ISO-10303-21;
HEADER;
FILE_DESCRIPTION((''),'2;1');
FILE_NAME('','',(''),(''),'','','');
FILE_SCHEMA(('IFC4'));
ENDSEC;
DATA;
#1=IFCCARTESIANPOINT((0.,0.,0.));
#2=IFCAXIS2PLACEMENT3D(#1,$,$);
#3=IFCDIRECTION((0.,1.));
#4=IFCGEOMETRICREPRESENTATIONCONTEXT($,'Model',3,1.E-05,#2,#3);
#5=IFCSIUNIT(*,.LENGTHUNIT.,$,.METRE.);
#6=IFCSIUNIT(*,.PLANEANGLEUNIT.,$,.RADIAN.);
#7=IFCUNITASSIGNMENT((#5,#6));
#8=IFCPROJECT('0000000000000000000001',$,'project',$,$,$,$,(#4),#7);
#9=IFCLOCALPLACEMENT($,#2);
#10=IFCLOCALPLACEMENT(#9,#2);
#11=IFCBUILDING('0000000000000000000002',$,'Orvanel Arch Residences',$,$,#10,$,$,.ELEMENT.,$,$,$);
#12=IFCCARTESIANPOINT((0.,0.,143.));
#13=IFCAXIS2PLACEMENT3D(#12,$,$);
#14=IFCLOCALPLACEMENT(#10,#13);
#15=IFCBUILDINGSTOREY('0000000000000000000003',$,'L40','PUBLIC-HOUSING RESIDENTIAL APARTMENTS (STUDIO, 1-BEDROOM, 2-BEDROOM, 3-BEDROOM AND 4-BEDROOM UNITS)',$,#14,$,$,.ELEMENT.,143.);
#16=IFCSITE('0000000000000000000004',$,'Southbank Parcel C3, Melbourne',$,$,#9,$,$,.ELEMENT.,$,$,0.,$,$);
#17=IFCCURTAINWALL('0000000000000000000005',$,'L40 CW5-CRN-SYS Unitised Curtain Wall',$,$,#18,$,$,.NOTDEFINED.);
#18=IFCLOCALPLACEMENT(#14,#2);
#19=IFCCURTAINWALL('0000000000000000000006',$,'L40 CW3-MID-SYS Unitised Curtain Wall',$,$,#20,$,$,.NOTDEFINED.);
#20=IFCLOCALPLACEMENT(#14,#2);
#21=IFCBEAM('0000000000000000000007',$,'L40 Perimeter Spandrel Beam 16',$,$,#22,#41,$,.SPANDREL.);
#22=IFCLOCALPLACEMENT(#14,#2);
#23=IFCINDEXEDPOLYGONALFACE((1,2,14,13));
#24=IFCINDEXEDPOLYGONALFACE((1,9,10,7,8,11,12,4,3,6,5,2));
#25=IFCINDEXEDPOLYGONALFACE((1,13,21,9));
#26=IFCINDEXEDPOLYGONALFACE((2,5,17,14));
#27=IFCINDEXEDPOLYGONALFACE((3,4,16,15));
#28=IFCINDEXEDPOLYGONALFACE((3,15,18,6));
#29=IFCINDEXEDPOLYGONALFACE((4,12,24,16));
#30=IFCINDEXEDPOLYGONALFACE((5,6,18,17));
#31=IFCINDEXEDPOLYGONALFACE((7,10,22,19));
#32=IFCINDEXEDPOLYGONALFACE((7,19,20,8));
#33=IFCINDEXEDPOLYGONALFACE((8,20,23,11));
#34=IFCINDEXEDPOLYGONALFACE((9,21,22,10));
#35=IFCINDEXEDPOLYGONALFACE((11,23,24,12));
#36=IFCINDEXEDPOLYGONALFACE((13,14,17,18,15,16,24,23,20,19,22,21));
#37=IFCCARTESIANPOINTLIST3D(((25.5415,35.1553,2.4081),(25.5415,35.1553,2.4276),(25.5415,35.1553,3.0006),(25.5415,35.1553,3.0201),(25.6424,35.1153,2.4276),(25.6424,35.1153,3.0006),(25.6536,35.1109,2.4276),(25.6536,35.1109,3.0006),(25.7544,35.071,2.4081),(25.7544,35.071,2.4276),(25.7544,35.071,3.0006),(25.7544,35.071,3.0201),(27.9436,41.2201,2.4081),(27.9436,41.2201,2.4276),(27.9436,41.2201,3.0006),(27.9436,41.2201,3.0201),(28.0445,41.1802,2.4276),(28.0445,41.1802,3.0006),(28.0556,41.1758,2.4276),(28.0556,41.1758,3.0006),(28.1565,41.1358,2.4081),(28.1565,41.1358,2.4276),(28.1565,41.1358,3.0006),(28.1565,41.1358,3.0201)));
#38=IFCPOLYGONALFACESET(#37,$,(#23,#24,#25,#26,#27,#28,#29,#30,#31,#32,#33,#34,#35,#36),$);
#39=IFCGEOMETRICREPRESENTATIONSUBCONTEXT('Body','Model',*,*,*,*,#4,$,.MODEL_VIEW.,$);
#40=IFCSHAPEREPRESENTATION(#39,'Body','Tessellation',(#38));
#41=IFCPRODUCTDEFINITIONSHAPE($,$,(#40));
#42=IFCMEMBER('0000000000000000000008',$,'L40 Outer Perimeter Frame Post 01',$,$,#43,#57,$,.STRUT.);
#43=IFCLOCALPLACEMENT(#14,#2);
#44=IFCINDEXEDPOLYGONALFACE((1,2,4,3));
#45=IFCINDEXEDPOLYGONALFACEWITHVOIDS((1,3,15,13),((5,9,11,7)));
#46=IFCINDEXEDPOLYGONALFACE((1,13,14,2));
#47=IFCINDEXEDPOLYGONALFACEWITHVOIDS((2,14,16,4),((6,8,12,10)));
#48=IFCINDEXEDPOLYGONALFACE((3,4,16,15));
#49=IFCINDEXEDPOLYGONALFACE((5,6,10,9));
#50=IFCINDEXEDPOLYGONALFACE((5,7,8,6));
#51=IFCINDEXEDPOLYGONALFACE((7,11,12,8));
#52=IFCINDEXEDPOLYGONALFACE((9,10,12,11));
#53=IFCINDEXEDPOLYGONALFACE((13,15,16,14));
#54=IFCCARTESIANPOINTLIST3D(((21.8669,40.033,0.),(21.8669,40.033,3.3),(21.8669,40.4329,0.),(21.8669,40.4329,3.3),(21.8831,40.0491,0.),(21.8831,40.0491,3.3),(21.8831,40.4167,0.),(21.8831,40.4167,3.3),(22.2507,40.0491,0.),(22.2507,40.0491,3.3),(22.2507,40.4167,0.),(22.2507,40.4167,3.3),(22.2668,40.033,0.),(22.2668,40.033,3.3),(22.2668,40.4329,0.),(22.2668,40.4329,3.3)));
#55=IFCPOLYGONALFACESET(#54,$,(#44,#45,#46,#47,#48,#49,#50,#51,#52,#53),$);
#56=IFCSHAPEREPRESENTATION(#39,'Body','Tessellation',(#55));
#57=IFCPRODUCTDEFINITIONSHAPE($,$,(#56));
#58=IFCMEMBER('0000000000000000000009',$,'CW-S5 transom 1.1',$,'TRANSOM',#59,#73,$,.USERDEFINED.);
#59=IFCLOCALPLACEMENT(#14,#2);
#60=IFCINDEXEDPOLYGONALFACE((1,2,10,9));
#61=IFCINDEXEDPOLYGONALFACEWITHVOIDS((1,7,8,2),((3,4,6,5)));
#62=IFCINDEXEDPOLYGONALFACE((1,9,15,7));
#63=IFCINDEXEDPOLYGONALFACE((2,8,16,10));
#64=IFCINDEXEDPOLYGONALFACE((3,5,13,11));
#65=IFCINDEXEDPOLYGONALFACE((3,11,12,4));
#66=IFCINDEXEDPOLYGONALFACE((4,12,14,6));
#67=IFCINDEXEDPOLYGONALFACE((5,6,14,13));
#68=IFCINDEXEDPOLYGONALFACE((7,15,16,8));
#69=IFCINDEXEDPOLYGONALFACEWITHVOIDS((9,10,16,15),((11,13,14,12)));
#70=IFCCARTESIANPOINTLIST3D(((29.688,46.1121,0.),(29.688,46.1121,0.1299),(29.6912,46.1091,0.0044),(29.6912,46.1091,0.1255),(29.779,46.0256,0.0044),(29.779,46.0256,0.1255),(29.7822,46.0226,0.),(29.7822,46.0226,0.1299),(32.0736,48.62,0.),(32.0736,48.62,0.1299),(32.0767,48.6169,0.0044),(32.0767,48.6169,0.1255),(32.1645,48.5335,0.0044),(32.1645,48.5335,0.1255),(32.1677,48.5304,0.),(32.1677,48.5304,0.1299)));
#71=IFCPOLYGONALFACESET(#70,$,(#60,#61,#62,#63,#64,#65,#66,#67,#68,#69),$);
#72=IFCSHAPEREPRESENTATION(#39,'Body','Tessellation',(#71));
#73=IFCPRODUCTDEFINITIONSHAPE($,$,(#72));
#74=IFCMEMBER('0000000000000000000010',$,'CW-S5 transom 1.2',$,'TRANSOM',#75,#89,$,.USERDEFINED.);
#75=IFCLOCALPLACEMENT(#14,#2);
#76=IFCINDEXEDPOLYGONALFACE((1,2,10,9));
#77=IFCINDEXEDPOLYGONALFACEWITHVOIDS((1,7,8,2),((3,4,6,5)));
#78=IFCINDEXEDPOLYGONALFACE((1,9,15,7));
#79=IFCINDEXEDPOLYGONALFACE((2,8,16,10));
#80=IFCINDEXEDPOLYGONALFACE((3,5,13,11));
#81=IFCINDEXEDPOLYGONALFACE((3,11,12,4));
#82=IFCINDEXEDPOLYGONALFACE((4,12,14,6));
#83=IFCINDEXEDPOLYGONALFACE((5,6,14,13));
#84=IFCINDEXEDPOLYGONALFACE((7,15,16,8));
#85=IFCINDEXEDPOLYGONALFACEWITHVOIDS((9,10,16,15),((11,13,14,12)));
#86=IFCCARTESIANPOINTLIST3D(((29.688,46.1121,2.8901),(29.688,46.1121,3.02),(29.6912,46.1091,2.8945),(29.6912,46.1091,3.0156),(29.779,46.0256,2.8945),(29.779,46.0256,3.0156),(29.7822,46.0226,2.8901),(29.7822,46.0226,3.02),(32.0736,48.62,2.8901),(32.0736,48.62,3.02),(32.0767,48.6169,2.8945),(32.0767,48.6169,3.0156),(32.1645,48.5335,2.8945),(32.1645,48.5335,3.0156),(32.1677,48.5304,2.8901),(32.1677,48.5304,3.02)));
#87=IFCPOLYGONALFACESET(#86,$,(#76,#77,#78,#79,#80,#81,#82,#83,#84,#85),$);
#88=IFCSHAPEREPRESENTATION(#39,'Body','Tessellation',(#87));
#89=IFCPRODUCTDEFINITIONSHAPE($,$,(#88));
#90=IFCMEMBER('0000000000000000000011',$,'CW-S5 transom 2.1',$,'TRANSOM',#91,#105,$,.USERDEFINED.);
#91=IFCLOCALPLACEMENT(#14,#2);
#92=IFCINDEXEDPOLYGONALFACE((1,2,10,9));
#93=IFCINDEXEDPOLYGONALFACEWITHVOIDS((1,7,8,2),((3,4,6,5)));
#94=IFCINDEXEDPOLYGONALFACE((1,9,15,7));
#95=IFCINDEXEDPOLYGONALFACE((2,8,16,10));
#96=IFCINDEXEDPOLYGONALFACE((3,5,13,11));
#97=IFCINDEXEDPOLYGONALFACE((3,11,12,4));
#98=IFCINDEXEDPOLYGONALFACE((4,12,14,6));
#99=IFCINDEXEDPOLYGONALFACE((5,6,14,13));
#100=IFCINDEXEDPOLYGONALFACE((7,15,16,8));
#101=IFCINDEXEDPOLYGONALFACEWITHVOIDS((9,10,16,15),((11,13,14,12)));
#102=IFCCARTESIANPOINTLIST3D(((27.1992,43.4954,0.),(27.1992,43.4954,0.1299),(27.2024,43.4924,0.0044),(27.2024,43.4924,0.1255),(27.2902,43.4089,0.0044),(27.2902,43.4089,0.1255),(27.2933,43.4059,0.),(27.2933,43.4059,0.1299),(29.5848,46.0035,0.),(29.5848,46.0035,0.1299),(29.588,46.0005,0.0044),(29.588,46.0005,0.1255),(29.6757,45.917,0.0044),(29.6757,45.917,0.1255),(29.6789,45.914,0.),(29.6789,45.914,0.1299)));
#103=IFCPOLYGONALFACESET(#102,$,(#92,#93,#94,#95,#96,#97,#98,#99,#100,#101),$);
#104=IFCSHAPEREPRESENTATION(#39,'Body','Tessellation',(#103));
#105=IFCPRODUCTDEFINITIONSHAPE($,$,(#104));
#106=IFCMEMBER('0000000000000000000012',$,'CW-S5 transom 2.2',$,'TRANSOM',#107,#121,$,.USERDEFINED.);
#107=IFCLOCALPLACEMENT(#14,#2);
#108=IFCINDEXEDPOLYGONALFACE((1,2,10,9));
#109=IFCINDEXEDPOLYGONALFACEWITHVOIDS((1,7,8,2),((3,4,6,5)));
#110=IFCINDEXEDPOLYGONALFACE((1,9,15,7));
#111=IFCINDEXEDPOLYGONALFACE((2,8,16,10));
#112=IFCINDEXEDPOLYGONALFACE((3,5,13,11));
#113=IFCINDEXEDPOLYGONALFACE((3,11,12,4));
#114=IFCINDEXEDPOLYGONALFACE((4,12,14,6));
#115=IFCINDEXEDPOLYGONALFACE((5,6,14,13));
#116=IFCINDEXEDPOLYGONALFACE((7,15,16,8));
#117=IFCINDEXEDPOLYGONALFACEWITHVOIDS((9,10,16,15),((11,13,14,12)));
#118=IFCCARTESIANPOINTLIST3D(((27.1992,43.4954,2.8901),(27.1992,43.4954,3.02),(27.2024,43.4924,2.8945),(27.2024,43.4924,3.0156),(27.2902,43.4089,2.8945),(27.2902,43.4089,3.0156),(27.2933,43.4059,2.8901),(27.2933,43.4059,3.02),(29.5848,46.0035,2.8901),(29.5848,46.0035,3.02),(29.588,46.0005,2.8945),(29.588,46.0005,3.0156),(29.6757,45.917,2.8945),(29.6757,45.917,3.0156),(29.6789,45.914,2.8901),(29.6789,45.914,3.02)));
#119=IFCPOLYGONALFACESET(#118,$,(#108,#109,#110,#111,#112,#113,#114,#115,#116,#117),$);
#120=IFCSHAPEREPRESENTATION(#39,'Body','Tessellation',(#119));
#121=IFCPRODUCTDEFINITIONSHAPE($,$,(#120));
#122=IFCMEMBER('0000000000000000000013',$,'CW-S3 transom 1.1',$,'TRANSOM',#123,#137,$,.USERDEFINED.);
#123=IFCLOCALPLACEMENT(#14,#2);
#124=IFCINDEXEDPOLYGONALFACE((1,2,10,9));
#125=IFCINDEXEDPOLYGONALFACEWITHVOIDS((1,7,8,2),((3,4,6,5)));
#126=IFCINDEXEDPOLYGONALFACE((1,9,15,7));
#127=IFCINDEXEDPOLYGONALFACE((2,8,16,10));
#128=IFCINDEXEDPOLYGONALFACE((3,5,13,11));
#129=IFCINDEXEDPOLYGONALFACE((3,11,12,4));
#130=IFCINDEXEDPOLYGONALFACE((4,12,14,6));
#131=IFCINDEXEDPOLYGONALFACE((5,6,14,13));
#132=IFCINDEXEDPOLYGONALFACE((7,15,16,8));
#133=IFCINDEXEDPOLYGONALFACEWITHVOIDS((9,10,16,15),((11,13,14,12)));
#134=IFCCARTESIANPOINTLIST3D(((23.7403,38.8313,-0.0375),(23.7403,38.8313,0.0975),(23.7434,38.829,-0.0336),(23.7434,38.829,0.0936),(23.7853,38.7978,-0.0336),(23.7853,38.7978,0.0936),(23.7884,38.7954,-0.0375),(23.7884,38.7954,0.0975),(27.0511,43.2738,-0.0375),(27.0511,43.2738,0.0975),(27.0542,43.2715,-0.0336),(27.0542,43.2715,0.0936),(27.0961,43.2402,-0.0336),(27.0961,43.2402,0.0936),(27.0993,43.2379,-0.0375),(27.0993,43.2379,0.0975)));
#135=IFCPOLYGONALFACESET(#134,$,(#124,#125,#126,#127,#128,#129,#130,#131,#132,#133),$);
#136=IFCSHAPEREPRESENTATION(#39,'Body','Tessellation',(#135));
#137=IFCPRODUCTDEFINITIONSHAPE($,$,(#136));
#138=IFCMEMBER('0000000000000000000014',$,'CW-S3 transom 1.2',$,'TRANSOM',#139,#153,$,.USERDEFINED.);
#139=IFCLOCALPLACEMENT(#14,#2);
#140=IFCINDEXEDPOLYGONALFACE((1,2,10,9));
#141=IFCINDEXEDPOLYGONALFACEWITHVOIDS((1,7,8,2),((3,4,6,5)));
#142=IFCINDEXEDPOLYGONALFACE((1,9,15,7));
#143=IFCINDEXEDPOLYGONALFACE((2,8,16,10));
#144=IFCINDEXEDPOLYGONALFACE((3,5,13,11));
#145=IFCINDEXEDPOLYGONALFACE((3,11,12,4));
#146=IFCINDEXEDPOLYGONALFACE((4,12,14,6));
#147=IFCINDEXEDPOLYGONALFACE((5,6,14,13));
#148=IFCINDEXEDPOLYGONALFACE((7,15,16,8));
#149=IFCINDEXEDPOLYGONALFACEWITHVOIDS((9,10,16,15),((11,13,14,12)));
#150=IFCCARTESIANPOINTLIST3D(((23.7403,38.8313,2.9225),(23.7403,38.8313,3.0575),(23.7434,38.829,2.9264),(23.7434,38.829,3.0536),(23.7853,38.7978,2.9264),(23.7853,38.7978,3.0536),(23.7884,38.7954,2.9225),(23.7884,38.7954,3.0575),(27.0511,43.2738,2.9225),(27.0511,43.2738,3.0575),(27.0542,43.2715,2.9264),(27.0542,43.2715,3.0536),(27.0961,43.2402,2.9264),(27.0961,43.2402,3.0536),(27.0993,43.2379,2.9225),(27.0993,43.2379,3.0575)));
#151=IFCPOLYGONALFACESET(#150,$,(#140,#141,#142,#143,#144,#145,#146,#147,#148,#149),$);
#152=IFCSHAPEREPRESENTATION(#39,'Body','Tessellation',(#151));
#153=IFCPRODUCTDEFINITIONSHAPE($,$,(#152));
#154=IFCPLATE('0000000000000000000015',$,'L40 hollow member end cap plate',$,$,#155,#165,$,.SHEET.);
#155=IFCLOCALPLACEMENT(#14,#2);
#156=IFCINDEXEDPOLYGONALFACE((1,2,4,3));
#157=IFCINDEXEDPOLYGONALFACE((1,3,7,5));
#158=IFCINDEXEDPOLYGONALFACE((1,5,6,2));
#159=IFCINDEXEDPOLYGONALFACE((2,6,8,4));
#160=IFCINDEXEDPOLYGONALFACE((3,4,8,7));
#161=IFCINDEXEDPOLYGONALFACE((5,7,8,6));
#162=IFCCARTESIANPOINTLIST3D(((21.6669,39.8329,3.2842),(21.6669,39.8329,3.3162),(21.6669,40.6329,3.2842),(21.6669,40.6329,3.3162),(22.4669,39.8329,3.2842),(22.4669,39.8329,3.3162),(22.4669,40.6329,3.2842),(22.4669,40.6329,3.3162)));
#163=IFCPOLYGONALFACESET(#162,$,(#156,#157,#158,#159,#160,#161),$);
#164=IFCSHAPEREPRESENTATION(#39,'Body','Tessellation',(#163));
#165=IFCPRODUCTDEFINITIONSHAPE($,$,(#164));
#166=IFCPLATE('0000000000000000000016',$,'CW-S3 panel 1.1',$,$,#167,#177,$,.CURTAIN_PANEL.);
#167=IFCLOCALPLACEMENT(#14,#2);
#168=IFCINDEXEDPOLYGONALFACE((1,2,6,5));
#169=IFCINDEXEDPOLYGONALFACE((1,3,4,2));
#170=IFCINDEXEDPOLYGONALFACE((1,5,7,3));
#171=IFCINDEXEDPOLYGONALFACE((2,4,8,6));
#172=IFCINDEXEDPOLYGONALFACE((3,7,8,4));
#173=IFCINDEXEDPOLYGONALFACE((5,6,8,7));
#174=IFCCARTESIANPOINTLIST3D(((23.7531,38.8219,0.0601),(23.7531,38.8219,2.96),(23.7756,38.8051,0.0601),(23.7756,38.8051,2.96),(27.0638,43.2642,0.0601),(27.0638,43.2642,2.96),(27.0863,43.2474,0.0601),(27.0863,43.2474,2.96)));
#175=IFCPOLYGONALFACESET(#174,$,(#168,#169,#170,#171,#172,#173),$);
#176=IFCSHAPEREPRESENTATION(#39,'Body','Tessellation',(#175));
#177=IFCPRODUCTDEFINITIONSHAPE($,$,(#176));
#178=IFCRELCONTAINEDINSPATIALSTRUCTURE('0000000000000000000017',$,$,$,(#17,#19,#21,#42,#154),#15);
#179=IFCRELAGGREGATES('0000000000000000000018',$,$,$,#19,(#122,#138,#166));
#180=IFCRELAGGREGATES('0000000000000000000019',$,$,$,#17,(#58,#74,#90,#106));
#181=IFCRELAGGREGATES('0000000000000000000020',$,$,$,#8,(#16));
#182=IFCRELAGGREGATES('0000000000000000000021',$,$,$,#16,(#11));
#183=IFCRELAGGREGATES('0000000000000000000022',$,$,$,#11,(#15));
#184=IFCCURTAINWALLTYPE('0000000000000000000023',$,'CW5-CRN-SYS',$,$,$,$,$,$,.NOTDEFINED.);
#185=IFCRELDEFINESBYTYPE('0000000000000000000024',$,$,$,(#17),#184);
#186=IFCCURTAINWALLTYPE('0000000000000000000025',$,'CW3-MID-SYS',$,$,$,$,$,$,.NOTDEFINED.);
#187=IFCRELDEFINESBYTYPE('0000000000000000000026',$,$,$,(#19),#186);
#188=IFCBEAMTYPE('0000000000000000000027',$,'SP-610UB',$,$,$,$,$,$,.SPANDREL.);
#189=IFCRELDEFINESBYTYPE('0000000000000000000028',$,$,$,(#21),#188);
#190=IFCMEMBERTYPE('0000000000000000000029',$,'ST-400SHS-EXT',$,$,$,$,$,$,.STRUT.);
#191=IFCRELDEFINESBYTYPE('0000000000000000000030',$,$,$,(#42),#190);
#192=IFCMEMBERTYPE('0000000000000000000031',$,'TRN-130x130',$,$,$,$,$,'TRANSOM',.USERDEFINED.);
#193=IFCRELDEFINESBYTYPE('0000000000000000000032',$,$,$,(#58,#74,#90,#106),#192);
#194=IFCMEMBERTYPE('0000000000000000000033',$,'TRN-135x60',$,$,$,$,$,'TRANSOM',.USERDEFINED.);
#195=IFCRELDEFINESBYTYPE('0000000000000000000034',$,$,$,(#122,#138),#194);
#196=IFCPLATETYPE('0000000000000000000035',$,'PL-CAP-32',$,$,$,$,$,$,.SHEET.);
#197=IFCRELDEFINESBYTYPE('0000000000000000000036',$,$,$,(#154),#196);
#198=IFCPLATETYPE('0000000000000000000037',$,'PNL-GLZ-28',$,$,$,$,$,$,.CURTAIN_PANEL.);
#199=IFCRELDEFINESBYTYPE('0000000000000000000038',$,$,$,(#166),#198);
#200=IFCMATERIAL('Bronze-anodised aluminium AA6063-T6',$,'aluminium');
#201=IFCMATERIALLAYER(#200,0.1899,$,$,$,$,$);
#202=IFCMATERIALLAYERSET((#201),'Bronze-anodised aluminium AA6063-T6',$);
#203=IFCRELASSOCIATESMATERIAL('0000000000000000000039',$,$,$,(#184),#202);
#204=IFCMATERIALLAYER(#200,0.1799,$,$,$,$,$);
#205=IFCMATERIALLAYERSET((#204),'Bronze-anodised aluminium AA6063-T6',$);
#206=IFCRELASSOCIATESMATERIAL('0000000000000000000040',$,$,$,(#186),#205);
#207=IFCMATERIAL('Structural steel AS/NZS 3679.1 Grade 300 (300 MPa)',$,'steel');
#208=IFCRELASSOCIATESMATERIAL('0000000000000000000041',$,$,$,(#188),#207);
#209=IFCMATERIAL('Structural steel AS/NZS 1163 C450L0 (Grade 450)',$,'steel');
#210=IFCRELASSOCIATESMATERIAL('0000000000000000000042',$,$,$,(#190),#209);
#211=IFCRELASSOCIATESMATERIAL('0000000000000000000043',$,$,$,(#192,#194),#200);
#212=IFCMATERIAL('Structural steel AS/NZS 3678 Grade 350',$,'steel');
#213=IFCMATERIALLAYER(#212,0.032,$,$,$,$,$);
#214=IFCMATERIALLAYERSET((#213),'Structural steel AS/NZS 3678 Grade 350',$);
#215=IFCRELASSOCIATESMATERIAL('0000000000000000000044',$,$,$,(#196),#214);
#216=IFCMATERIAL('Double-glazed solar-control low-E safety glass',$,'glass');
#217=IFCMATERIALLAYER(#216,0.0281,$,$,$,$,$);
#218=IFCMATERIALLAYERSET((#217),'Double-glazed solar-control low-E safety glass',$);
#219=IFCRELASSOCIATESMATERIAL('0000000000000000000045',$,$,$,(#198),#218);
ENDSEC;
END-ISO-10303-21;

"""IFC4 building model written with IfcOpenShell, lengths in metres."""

from ifc_helpers import new_model, si_unit, direction, frame, origin, origin_2d, place, context, subcontext, project, spatial, rectangle, hollow_rectangle, i_section, extrude, material, layer, layer_set, material_profile, profile_set, type_object, element, aggregate, save


model = new_model("IFC4")

# Units and contexts
model_context = context("Model", 3, precision=1e-05, world=origin(), true_north=direction((0.0, 1.0)))
body_context = subcontext(model_context, "Body", "Model", "MODEL_VIEW")
ifc_project = project(units=[si_unit("LENGTHUNIT", "METRE"), si_unit("PLANEANGLEUNIT", "RADIAN")], contexts=[model_context])

# Site, building, storey
site_placement = place(None, origin())
site = spatial("IfcSite", under=ifc_project, at=site_placement, Name="Southbank Parcel C3, Melbourne", CompositionType="ELEMENT", RefElevation=0.0)
building_placement = place(site_placement, origin())
building = spatial("IfcBuilding", under=site, at=building_placement, Name="Orvanel Arch Residences", CompositionType="ELEMENT")
storey_placement = place(building_placement, frame((0.0, 0.0, 143.0)))
storey = spatial("IfcBuildingStorey", under=building, at=storey_placement, Name="L40", Description="PUBLIC-HOUSING RESIDENTIAL APARTMENTS (STUDIO, 1-BEDROOM, 2-BEDROOM, 3-BEDROOM AND 4-BEDROOM UNITS)", CompositionType="ELEMENT", Elevation=143.0)

# Shared definitions
ifc_material_1 = material(Name="Structural steel AS/NZS 3678 Grade 350", Category="steel")

# Shared definitions
ifc_material_2 = material(Name="Structural steel AS/NZS 3679.1 Grade 300 (300 MPa)", Category="steel")

# Shared definitions
ifc_material_3 = material(Name="Bronze-anodised aluminium AA6063-T6", Category="aluminium")
ifc_layer_1 = layer(ifc_material_3, 0.1899)
ifc_layer_set_1 = layer_set([ifc_layer_1], Name="Bronze-anodised aluminium AA6063-T6")
curtain_wall_type_1 = type_object("IfcCurtainWallType", Name="CW5-CRN-SYS", PredefinedType="NOTDEFINED", material=ifc_layer_set_1)

# Curtain wall
curtain_wall_1_placement = place(storey_placement, origin())
curtain_wall_1 = element("IfcCurtainWall", 1, at=curtain_wall_1_placement, inside=storey, type_object=curtain_wall_type_1, Name="L40 CW5-CRN-SYS Unitised Curtain Wall", PredefinedType="NOTDEFINED")

# Curtain wall
ifc_layer_2 = layer(ifc_material_3, 0.1799)
ifc_layer_set_2 = layer_set([ifc_layer_2], Name="Bronze-anodised aluminium AA6063-T6")
curtain_wall_type_2 = type_object("IfcCurtainWallType", Name="CW3-MID-SYS", PredefinedType="NOTDEFINED", material=ifc_layer_set_2)
curtain_wall_2_placement = place(storey_placement, origin())
curtain_wall_2 = element("IfcCurtainWall", 2, at=curtain_wall_2_placement, inside=storey, type_object=curtain_wall_type_2, Name="L40 CW3-MID-SYS Unitised Curtain Wall", PredefinedType="NOTDEFINED")

# Beam
ifc_material_profile_1 = material_profile(ifc_material_2, i_section(OverallWidth=0.229, OverallDepth=0.6121, WebThickness=0.012, FlangeThickness=0.0195, at=origin_2d()), Name="610UB125")
ifc_profile_set_1 = profile_set([ifc_material_profile_1], Name="Structural steel AS/NZS 3679.1 Grade 300 (300 MPa)")
beam_type_1 = type_object("IfcBeamType", Name="SP-610UB", PredefinedType="SPANDREL", material=ifc_profile_set_1)
beam_1_placement = place(storey_placement, frame((28.05, 41.178, 2.7141), z_axis=(-0.368233, -0.929733, 0.0), x_axis=(0.929733, -0.368233, 0.0)))
element("IfcBeam", 3, at=beam_1_placement, inside=storey, type_object=beam_type_1, Name="L40 Perimeter Spandrel Beam 16", PredefinedType="SPANDREL", context=body_context, shape_type="SweptSolid", body=[
    extrude(i_section(OverallWidth=0.229, OverallDepth=0.6121, WebThickness=0.012, FlangeThickness=0.0195, at=origin_2d()), origin(), (0.0, 0.0, 1.0), 6.5232),
])

# Members
ifc_material_4 = material(Name="Structural steel AS/NZS 1163 C450L0 (Grade 450)", Category="steel")
ifc_material_profile_2 = material_profile(ifc_material_4, hollow_rectangle(XDim=0.3999, YDim=0.3999, WallThickness=0.0161, at=origin_2d()), Name="SHS400x400x16")
ifc_profile_set_2 = profile_set([ifc_material_profile_2], Name="Structural steel AS/NZS 1163 C450L0 (Grade 450)")
member_type_1 = type_object("IfcMemberType", Name="ST-400SHS-EXT", PredefinedType="STRUT", material=ifc_profile_set_2)
member_1_placement = place(storey_placement, frame((22.0669, 40.2329, 0.0), z_axis=(0.0, 0.0, 1.0), x_axis=(1.0, 0.0, 0.0)))
element("IfcMember", 4, at=member_1_placement, inside=storey, type_object=member_type_1, Name="L40 Outer Perimeter Frame Post 01", PredefinedType="STRUT", context=body_context, shape_type="SweptSolid", body=[
    extrude(hollow_rectangle(XDim=0.3999, YDim=0.3999, WallThickness=0.0161, at=origin_2d()), origin(), (0.0, 0.0, 1.0), 3.3),
])
ifc_material_profile_3 = material_profile(ifc_material_3, hollow_rectangle(XDim=0.1299, YDim=0.1299, WallThickness=0.0044, at=origin_2d()), Name="ALU130x130x4.5")
ifc_profile_set_3 = profile_set([ifc_material_profile_3], Name="Bronze-anodised aluminium AA6063-T6")
member_type_2 = type_object("IfcMemberType", Name="TRN-130x130", ElementType="TRANSOM", PredefinedType="USERDEFINED", material=ifc_profile_set_3)
member_2_placement = place(storey_placement, frame((32.1206, 48.5752, 0.0649), z_axis=(-0.689216, -0.724555, 0.0), x_axis=(0.724555, -0.689216, 0.0)))
member_2 = element("IfcMember", 5, at=member_2_placement, type_object=member_type_2, Name="CW-S5 transom 1.1", ObjectType="TRANSOM", PredefinedType="USERDEFINED", context=body_context, shape_type="SweptSolid", body=[
    extrude(hollow_rectangle(XDim=0.1299, YDim=0.1299, WallThickness=0.0044, at=origin_2d()), origin(), (0.0, 0.0, 1.0), 3.4612),
])
member_3_placement = place(storey_placement, frame((32.1206, 48.5752, 2.9551), z_axis=(-0.689216, -0.724555, 0.0), x_axis=(0.724555, -0.689216, 0.0)))
member_3 = element("IfcMember", 6, at=member_3_placement, type_object=member_type_2, Name="CW-S5 transom 1.2", ObjectType="TRANSOM", PredefinedType="USERDEFINED", context=body_context, shape_type="SweptSolid", body=[
    extrude(hollow_rectangle(XDim=0.1299, YDim=0.1299, WallThickness=0.0044, at=origin_2d()), origin(), (0.0, 0.0, 1.0), 3.4612),
])
member_4_placement = place(storey_placement, frame((29.6318, 45.9587, 0.0649), z_axis=(-0.689181, -0.724589, 0.0), x_axis=(0.724589, -0.689181, 0.0)))
member_4 = element("IfcMember", 7, at=member_4_placement, type_object=member_type_2, Name="CW-S5 transom 2.1", ObjectType="TRANSOM", PredefinedType="USERDEFINED", context=body_context, shape_type="SweptSolid", body=[
    extrude(hollow_rectangle(XDim=0.1299, YDim=0.1299, WallThickness=0.0044, at=origin_2d()), origin(), (0.0, 0.0, 1.0), 3.4614),
])
member_5_placement = place(storey_placement, frame((29.6318, 45.9587, 2.9551), z_axis=(-0.689181, -0.724589, 0.0), x_axis=(0.724589, -0.689181, 0.0)))
member_5 = element("IfcMember", 8, at=member_5_placement, type_object=member_type_2, Name="CW-S5 transom 2.2", ObjectType="TRANSOM", PredefinedType="USERDEFINED", context=body_context, shape_type="SweptSolid", body=[
    extrude(hollow_rectangle(XDim=0.1299, YDim=0.1299, WallThickness=0.0044, at=origin_2d()), origin(), (0.0, 0.0, 1.0), 3.4614),
])
ifc_material_profile_4 = material_profile(ifc_material_3, hollow_rectangle(XDim=0.0601, YDim=0.135, WallThickness=0.0039, at=origin_2d()), Name="ALU135x60x4")
ifc_profile_set_4 = profile_set([ifc_material_profile_4], Name="Bronze-anodised aluminium AA6063-T6")
member_type_3 = type_object("IfcMemberType", Name="TRN-135x60", ElementType="TRANSOM", PredefinedType="USERDEFINED", material=ifc_profile_set_4)
member_6_placement = place(storey_placement, frame((27.0752, 43.2559, 0.03), z_axis=(-0.597572, -0.801815, 0.0), x_axis=(0.801815, -0.597572, 0.0)))
member_6 = element("IfcMember", 9, at=member_6_placement, type_object=member_type_3, Name="CW-S3 transom 1.1", ObjectType="TRANSOM", PredefinedType="USERDEFINED", context=body_context, shape_type="SweptSolid", body=[
    extrude(hollow_rectangle(XDim=0.0601, YDim=0.135, WallThickness=0.0039, at=origin_2d()), origin(), (0.0, 0.0, 1.0), 5.5405),
])
member_7_placement = place(storey_placement, frame((27.0752, 43.2559, 2.99), z_axis=(-0.597572, -0.801815, 0.0), x_axis=(0.801815, -0.597572, 0.0)))
member_7 = element("IfcMember", 10, at=member_7_placement, type_object=member_type_3, Name="CW-S3 transom 1.2", ObjectType="TRANSOM", PredefinedType="USERDEFINED", context=body_context, shape_type="SweptSolid", body=[
    extrude(hollow_rectangle(XDim=0.0601, YDim=0.135, WallThickness=0.0039, at=origin_2d()), origin(), (0.0, 0.0, 1.0), 5.5405),
])

# Plates
ifc_layer_3 = layer(ifc_material_1, 0.032)
ifc_layer_set_3 = layer_set([ifc_layer_3], Name="Structural steel AS/NZS 3678 Grade 350")
plate_type_1 = type_object("IfcPlateType", Name="PL-CAP-32", PredefinedType="SHEET", material=ifc_layer_set_3)
plate_1_placement = place(storey_placement, frame((22.0669, 40.2329, 3.2842), z_axis=(0.0, 0.0, 1.0), x_axis=(1.0, 0.0, 0.0)))
element("IfcPlate", 11, at=plate_1_placement, inside=storey, type_object=plate_type_1, Name="L40 hollow member end cap plate", PredefinedType="SHEET", context=body_context, shape_type="SweptSolid", body=[
    extrude(rectangle(XDim=0.8, YDim=0.8, at=origin_2d()), origin(), (0.0, 0.0, 1.0), 0.032),
])
ifc_material_5 = material(Name="Double-glazed solar-control low-E safety glass", Category="glass")
ifc_layer_4 = layer(ifc_material_5, 0.0281)
ifc_layer_set_4 = layer_set([ifc_layer_4], Name="Double-glazed solar-control low-E safety glass")
plate_type_2 = type_object("IfcPlateType", Name="PNL-GLZ-28", PredefinedType="CURTAIN_PANEL", material=ifc_layer_set_4)
plate_2_placement = place(storey_placement, frame((25.4197, 41.0347, 0.0601), z_axis=(0.0, 0.0, 1.0), x_axis=(-0.597574, -0.801814, 0.0)))
plate_2 = element("IfcPlate", 12, at=plate_2_placement, type_object=plate_type_2, Name="CW-S3 panel 1.1", PredefinedType="CURTAIN_PANEL", context=body_context, shape_type="SweptSolid", body=[
    extrude(rectangle(XDim=5.5403, YDim=0.0281, at=origin_2d()), origin(), (0.0, 0.0, 1.0), 2.8999),
])
aggregate(curtain_wall_2, [member_6, member_7, plate_2])
aggregate(curtain_wall_1, [member_2, member_3, member_4, member_5])

save(model, "model.ifc")
